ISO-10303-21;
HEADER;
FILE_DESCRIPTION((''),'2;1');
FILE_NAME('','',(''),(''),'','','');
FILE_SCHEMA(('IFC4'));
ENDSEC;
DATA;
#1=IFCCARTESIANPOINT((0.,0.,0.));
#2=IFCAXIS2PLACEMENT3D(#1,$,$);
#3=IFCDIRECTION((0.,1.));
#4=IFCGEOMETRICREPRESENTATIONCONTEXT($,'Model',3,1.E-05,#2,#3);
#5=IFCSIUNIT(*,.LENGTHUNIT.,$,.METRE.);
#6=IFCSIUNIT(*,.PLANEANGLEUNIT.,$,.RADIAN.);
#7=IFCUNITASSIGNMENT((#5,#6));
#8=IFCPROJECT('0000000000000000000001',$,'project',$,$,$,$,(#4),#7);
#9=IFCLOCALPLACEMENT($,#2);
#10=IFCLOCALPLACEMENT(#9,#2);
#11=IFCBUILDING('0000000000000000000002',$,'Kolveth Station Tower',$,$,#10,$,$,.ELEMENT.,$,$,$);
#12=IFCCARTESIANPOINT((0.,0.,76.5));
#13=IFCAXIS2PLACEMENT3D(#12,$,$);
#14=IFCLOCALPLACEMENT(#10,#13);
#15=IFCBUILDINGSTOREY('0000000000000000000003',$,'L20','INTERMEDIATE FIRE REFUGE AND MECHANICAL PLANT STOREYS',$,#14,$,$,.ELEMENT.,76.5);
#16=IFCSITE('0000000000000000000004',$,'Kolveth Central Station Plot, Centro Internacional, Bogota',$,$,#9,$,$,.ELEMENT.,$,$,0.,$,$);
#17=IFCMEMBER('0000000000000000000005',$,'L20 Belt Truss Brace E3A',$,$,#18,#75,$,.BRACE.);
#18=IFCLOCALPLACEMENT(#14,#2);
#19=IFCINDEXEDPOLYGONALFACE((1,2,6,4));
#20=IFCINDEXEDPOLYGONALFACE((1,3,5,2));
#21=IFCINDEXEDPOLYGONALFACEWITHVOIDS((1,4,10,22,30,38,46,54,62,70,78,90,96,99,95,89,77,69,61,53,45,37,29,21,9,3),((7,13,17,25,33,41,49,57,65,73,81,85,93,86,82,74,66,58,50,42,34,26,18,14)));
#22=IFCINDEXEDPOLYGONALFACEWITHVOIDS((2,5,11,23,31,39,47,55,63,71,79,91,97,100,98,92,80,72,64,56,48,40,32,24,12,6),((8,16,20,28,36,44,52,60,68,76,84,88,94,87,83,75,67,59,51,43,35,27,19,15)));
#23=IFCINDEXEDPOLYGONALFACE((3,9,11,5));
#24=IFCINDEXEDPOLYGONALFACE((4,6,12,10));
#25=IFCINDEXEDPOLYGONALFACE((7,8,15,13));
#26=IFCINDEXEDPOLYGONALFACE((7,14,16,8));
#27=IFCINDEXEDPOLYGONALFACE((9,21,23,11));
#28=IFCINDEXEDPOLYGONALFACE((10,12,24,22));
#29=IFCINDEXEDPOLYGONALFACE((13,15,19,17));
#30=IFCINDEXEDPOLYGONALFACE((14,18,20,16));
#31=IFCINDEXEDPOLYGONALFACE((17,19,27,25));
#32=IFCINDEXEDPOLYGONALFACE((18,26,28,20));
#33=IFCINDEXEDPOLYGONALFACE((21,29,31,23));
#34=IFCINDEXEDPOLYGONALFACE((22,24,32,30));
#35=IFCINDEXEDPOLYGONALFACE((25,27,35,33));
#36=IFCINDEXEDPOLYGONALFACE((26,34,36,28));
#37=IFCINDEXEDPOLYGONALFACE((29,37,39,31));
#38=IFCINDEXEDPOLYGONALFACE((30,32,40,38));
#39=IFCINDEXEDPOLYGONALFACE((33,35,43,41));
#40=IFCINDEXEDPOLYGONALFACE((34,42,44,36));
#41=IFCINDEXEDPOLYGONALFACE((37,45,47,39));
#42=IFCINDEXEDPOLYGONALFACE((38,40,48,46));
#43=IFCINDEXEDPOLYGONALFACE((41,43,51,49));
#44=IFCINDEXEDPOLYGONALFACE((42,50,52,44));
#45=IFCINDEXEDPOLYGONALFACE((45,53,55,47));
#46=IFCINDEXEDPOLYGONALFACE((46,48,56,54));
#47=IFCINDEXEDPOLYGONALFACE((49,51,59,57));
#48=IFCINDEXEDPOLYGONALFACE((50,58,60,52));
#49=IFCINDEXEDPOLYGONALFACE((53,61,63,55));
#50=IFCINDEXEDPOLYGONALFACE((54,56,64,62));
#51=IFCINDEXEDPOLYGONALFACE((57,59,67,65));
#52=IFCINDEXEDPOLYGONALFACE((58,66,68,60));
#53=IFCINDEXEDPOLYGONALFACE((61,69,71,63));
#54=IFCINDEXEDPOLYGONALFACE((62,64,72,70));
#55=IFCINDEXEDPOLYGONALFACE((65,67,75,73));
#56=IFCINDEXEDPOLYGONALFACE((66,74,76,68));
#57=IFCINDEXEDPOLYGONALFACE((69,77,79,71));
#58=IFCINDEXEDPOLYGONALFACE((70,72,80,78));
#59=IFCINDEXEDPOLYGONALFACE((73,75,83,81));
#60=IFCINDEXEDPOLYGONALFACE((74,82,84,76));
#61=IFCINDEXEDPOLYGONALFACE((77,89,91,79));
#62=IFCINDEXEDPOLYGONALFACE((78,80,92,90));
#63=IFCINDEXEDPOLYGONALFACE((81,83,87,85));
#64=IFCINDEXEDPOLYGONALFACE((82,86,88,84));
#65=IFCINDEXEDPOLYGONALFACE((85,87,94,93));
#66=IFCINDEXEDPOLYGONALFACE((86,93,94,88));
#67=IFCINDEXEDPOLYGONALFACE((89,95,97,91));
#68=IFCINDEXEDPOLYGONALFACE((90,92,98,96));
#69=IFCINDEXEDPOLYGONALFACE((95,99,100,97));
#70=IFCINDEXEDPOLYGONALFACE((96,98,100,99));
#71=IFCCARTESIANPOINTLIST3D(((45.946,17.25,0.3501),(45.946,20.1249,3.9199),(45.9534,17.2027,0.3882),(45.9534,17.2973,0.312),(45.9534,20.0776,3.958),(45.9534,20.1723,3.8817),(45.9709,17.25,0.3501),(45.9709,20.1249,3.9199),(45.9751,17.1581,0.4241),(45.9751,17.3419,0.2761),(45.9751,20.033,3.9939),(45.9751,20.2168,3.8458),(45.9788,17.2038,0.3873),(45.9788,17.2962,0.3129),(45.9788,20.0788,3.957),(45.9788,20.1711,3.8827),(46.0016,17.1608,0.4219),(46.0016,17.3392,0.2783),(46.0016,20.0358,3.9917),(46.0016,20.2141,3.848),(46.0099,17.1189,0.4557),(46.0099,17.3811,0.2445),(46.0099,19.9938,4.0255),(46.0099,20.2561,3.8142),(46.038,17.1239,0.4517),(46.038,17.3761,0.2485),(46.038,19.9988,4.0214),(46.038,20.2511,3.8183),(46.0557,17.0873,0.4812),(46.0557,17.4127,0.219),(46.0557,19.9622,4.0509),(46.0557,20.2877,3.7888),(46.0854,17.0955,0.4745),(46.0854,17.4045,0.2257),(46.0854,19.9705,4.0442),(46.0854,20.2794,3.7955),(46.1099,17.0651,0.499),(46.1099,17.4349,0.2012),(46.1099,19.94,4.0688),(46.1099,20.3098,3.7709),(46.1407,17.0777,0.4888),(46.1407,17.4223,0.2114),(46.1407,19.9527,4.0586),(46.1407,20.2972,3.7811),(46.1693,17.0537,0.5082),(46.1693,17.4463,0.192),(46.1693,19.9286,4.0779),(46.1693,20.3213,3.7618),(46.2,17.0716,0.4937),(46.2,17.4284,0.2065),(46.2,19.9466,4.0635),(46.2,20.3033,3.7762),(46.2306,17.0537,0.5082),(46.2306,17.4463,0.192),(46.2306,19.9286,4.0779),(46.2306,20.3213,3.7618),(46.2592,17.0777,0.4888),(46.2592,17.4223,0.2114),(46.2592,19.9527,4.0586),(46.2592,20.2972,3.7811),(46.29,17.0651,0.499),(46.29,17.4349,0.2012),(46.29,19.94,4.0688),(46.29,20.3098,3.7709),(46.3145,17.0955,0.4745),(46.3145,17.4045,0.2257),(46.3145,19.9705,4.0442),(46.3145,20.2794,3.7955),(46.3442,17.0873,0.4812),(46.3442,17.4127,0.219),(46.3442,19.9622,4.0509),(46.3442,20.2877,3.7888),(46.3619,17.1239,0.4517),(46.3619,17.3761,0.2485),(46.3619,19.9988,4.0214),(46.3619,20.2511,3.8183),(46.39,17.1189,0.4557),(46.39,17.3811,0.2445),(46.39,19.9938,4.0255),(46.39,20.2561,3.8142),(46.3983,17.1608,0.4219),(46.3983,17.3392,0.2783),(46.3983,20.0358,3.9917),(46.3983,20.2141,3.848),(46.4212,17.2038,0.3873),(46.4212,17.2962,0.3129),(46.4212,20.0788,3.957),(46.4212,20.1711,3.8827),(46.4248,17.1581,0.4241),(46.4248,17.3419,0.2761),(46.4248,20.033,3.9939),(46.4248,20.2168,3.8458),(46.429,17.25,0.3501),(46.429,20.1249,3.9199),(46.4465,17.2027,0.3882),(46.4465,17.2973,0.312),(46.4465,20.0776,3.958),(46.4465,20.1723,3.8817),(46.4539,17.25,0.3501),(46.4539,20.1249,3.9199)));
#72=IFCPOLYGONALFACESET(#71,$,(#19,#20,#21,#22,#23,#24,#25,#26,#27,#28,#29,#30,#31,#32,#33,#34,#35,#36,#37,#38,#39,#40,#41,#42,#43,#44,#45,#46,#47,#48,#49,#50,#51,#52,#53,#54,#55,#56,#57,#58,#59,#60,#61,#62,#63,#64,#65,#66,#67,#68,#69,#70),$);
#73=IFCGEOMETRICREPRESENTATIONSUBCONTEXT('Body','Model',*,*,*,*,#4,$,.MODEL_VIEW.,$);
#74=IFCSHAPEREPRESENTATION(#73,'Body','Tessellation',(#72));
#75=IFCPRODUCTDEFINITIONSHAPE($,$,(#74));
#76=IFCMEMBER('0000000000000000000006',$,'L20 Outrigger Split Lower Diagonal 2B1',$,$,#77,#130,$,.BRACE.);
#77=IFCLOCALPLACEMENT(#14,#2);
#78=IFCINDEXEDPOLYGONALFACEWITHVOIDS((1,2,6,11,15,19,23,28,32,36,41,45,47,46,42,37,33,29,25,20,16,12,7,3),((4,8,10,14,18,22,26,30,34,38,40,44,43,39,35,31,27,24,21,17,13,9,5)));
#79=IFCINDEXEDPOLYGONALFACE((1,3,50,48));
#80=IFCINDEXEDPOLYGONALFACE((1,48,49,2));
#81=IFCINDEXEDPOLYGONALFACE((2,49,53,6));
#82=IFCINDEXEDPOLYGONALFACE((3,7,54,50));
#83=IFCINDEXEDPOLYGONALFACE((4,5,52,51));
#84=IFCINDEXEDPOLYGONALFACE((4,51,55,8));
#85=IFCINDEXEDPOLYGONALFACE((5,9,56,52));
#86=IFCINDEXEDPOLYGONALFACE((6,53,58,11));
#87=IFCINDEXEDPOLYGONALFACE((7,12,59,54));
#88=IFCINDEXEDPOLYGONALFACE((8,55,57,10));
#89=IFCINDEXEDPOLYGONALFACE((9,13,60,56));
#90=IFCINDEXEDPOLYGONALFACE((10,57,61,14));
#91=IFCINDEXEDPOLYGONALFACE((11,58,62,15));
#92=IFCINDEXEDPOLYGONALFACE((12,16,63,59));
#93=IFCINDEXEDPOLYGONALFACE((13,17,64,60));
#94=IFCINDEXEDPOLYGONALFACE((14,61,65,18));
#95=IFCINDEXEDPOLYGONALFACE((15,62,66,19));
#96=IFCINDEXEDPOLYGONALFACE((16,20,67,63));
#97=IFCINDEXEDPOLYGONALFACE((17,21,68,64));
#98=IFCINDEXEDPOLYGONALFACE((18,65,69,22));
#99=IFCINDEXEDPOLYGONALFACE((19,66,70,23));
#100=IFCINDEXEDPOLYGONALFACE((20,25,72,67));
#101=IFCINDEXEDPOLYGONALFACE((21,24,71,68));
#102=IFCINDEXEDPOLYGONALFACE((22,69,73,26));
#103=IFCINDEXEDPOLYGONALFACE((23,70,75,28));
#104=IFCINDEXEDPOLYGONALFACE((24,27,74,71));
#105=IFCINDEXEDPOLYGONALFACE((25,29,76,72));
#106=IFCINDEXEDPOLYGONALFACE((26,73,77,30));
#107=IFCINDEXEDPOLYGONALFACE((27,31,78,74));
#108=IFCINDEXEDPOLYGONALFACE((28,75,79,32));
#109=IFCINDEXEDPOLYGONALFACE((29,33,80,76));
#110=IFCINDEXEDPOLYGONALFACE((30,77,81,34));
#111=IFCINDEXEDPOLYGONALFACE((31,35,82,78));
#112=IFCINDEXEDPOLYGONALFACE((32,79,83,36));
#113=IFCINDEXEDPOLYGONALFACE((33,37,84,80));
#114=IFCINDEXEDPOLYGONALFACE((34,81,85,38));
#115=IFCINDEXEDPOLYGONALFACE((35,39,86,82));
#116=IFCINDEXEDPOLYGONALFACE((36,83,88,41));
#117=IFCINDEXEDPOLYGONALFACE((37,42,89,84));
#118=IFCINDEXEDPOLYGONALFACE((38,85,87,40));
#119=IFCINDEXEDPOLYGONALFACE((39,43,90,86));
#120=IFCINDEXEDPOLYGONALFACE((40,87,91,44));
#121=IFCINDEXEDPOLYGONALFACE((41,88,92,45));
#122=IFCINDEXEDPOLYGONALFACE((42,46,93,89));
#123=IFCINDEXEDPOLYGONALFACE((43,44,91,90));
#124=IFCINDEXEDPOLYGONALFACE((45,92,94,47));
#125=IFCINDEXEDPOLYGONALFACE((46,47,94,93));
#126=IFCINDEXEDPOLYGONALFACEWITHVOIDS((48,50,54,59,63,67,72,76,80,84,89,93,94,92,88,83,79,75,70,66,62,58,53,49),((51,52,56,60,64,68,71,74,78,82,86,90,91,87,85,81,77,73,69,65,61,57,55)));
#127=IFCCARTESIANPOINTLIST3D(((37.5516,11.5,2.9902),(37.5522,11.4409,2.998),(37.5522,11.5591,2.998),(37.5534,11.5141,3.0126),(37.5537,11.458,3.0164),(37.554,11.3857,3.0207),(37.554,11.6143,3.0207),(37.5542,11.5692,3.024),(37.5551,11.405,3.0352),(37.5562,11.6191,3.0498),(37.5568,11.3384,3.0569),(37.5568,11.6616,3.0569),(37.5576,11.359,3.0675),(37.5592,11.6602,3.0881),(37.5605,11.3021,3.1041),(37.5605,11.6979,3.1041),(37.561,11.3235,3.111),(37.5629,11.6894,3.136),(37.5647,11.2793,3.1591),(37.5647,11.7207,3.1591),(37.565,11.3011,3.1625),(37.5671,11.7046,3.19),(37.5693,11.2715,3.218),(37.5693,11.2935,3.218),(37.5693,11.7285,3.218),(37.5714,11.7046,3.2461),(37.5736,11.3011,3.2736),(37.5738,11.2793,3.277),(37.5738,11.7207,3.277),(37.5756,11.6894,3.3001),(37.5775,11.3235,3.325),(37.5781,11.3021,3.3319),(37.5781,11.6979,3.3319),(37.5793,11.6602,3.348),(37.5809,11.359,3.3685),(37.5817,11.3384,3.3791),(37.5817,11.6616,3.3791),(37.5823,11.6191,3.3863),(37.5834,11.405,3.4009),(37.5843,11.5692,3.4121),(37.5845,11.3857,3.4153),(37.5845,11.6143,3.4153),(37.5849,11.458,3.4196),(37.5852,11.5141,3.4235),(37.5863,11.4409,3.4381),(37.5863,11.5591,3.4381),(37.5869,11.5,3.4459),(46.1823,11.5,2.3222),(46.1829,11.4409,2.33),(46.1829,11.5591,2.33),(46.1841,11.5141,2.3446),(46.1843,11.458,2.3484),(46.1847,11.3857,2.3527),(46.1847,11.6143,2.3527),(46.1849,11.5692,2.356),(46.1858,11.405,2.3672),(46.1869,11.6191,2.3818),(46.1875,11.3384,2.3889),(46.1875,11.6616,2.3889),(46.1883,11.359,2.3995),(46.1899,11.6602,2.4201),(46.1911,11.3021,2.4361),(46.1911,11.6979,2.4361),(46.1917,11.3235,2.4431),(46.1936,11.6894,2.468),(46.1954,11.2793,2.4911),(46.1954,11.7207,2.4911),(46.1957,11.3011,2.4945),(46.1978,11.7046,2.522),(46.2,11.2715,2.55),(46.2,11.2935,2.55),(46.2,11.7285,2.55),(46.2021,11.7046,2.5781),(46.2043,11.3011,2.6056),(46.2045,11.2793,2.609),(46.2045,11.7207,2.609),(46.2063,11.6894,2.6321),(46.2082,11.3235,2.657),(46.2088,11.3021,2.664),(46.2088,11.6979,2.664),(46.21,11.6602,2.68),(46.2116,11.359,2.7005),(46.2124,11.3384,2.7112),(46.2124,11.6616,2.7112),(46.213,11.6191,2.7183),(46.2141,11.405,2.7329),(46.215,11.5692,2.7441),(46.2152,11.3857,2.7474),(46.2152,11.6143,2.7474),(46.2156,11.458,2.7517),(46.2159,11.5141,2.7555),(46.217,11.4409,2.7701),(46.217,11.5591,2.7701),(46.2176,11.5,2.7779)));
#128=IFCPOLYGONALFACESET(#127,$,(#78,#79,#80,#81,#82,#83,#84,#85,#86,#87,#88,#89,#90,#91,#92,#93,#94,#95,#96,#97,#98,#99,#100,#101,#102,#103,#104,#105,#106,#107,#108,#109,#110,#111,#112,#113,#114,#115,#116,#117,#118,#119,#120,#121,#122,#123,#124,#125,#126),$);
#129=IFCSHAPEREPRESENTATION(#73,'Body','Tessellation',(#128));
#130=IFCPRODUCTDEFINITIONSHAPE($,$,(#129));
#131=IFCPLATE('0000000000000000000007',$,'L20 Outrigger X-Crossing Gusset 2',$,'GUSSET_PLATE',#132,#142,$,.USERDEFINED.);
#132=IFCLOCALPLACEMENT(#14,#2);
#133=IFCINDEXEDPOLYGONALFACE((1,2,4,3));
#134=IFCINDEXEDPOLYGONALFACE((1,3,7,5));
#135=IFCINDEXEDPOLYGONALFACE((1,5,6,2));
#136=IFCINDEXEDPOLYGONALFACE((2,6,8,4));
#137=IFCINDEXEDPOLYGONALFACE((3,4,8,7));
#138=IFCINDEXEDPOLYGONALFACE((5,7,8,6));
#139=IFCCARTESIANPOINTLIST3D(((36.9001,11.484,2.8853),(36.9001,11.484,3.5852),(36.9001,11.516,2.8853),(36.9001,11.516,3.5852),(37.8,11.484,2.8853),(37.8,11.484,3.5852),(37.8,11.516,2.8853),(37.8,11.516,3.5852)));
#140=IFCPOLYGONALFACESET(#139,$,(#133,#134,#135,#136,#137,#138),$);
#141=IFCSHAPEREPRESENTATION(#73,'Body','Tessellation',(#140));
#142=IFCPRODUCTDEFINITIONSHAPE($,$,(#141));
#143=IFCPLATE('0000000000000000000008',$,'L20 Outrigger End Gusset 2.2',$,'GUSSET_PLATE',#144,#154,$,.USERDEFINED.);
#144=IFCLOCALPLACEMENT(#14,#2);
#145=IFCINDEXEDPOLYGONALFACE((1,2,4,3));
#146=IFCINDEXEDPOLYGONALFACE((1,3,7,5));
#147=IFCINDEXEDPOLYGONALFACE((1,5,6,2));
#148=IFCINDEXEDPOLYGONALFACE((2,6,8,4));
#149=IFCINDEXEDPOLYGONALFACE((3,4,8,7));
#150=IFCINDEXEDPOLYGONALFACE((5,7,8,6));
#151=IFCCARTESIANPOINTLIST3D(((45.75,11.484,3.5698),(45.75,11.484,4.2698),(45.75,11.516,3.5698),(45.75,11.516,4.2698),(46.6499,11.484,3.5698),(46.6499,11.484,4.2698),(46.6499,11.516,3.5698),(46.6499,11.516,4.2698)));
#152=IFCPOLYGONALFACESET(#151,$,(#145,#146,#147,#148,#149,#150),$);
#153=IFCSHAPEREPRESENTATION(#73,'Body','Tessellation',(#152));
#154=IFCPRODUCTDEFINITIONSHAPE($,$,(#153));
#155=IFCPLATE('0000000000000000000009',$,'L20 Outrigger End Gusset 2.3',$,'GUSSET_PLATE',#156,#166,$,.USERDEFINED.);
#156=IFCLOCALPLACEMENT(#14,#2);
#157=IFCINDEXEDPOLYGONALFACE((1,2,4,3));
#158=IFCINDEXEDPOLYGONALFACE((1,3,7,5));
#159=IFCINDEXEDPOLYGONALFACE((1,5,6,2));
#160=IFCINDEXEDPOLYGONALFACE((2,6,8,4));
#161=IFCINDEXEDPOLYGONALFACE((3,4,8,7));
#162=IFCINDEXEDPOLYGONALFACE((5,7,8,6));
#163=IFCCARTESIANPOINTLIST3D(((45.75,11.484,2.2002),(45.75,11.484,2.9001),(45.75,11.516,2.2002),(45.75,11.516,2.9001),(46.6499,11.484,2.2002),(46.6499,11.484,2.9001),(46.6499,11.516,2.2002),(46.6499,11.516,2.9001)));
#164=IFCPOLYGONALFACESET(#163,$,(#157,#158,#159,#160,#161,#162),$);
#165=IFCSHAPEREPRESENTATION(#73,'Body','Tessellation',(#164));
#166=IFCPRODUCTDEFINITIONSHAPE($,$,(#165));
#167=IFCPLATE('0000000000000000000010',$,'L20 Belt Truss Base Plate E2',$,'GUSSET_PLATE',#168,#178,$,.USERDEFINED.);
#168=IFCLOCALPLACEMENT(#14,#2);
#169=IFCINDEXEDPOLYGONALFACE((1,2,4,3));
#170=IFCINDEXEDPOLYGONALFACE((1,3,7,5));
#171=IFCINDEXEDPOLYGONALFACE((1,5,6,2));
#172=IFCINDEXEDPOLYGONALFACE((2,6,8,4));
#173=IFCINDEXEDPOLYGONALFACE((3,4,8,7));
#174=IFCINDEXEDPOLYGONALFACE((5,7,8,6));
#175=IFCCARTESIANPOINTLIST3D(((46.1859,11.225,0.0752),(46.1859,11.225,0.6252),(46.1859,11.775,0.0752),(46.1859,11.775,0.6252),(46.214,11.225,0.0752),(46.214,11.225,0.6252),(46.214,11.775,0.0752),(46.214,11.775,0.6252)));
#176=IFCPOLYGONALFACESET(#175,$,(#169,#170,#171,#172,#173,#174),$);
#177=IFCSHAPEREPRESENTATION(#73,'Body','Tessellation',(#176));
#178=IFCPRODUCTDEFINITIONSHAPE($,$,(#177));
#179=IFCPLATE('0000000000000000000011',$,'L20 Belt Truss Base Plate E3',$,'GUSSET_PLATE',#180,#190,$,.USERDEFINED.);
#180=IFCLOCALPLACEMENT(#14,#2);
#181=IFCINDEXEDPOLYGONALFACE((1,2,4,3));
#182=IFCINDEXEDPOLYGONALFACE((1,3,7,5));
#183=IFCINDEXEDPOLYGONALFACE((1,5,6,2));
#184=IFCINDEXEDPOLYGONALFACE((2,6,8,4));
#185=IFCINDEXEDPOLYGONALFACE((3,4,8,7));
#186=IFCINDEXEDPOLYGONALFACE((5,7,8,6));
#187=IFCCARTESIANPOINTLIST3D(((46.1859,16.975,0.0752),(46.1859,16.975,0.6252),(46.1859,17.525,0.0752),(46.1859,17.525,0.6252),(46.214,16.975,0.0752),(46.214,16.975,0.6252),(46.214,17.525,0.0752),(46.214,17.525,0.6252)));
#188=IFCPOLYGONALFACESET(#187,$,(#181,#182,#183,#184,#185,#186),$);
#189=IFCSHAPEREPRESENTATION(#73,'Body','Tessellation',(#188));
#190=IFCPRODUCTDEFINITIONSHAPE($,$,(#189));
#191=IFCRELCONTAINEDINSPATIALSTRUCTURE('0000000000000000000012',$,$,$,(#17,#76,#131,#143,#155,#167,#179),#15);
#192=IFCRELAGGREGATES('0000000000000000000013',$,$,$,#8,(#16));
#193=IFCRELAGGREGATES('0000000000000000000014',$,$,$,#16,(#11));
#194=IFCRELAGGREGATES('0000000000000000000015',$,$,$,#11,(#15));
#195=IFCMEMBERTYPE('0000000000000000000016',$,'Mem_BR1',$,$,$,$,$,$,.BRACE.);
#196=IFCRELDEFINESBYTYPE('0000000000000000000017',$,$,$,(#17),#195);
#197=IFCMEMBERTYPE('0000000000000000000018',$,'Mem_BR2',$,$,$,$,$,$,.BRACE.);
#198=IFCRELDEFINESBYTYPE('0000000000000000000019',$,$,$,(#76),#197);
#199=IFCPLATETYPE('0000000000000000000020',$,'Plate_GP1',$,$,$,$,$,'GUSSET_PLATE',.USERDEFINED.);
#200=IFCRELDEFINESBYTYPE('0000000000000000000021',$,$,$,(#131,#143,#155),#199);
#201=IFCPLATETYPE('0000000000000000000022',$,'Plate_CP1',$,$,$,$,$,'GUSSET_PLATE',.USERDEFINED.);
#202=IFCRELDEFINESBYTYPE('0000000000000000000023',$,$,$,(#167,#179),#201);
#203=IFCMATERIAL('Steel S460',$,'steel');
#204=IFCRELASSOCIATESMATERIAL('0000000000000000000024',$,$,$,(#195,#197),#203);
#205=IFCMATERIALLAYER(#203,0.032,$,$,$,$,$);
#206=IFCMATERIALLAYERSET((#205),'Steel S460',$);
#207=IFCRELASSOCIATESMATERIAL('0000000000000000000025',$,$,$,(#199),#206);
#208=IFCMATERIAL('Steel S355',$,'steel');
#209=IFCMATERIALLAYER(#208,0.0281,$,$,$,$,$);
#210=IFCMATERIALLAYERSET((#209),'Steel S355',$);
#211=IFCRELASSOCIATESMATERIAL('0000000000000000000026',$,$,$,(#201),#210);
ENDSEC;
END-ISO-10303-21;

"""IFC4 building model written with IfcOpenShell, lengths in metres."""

from ifc_helpers import new_model, si_unit, direction, frame, origin, origin_2d, place, context, subcontext, project, spatial, rectangle, hollow_circle, extrude, source, transform, mapped, material, layer, layer_set, material_profile, profile_set, type_object, element, save


model = new_model("IFC4")

# Units and contexts
model_context = context("Model", 3, precision=1e-05, world=origin(), true_north=direction((0.0, 1.0)))
body_context = subcontext(model_context, "Body", "Model", "MODEL_VIEW")
ifc_project = project(units=[si_unit("LENGTHUNIT", "METRE"), si_unit("PLANEANGLEUNIT", "RADIAN")], contexts=[model_context])

# Site, building, storey
site_placement = place(None, origin())
site = spatial("IfcSite", under=ifc_project, at=site_placement, Name="Kolveth Central Station Plot, Centro Internacional, Bogota", CompositionType="ELEMENT", RefElevation=0.0)
building_placement = place(site_placement, origin())
building = spatial("IfcBuilding", under=site, at=building_placement, Name="Kolveth Station Tower", CompositionType="ELEMENT")
storey_placement = place(building_placement, frame((0.0, 0.0, 76.5)))
storey = spatial("IfcBuildingStorey", under=building, at=storey_placement, Name="L20", Description="INTERMEDIATE FIRE REFUGE AND MECHANICAL PLANT STOREYS", CompositionType="ELEMENT", Elevation=76.5)

# Shared definitions
ifc_material_1 = material(Name="Steel S460", Category="steel")
ifc_material_2 = material(Name="Steel S355", Category="steel")

# Members
ifc_material_profile_1 = material_profile(ifc_material_1, hollow_circle(Radius=0.2539, WallThickness=0.0249, at=origin_2d()), Name="CHS508x25")
ifc_profile_set_1 = profile_set([ifc_material_profile_1], Name="Steel S460")
member_type_1 = type_object("IfcMemberType", Name="Mem_BR1", PredefinedType="BRACE", material=ifc_profile_set_1)
shared_shape_1 = source(origin(), body_context, "Body", "SweptSolid", [
    extrude(hollow_circle(Radius=0.2539, WallThickness=0.0249, at=origin_2d()), origin(), (0.0, 0.0, 1.0), 4.5835),
])
for number, where, z_axis, x_axis, name in (
    (1, (46.2, 17.25, 0.3501), (0.0, 0.627238, 0.778828), (-1.0, 0.0, 0.0), "L20 Belt Truss Brace E3A"),
):
    element("IfcMember", number, at=place(storey_placement, frame(where, z_axis=z_axis, x_axis=x_axis)), inside=storey, type_object=member_type_1, Name=name, PredefinedType="BRACE", context=body_context, shape_type="MappedRepresentation", body=[
        mapped(shared_shape_1, transform((0.0, 0.0, 0.0), x_axis=(1.0, 0.0, 0.0), y_axis=(0.0, 1.0, 0.0), z_axis=(0.0, 0.0, 1.0), scale=1.0)),
    ])
ifc_material_profile_2 = material_profile(ifc_material_1, hollow_circle(Radius=0.2285, WallThickness=0.022, at=origin_2d()), Name="CHS457x22")
ifc_profile_set_2 = profile_set([ifc_material_profile_2], Name="Steel S460")
member_type_2 = type_object("IfcMemberType", Name="Mem_BR2", PredefinedType="BRACE", material=ifc_profile_set_2)
shared_shape_2 = source(origin(), body_context, "Body", "SweptSolid", [
    extrude(hollow_circle(Radius=0.2285, WallThickness=0.022, at=origin_2d()), origin(), (0.0, 0.0, 1.0), 8.6565),
])
member_1_placement = place(storey_placement, frame((46.2, 11.5, 2.55), z_axis=(-0.997018, 0.0, 0.077165), x_axis=(0.0, -1.0, 0.0)))
element("IfcMember", 2, at=member_1_placement, inside=storey, type_object=member_type_2, Name="L20 Outrigger Split Lower Diagonal 2B1", PredefinedType="BRACE", context=body_context, shape_type="MappedRepresentation", body=[
    mapped(shared_shape_2, transform((0.0, 0.0, 0.0), x_axis=(1.0, 0.0, 0.0), y_axis=(0.0, 1.0, 0.0), z_axis=(0.0, 0.0, 1.0), scale=1.0)),
])

# Plates
ifc_layer_1 = layer(ifc_material_1, 0.032)
ifc_layer_set_1 = layer_set([ifc_layer_1], Name="Steel S460")
plate_type_1 = type_object("IfcPlateType", Name="Plate_GP1", ElementType="GUSSET_PLATE", PredefinedType="USERDEFINED", material=ifc_layer_set_1)
shared_shape_3 = source(origin(), body_context, "Body", "SweptSolid", [
    extrude(rectangle(XDim=0.8999, YDim=0.032, at=origin_2d()), origin(), (0.0, 0.0, 1.0), 0.7),
])
for number, where, z_axis, x_axis, name in (
    (3, (37.3501, 11.5, 2.8853), (0.0, 0.0, 1.0), (1.0, 0.0, 0.0), "L20 Outrigger X-Crossing Gusset 2"),
    (4, (46.2, 11.5, 3.5698), (0.0, 0.0, 1.0), (1.0, 0.0, 0.0), "L20 Outrigger End Gusset 2.2"),
    (5, (46.2, 11.5, 2.2002), (0.0, 0.0, 1.0), (1.0, 0.0, 0.0), "L20 Outrigger End Gusset 2.3"),
):
    element("IfcPlate", number, at=place(storey_placement, frame(where, z_axis=z_axis, x_axis=x_axis)), inside=storey, type_object=plate_type_1, Name=name, ObjectType="GUSSET_PLATE", PredefinedType="USERDEFINED", context=body_context, shape_type="MappedRepresentation", body=[
        mapped(shared_shape_3, transform((0.0, 0.0, 0.0), x_axis=(1.0, 0.0, 0.0), y_axis=(0.0, 1.0, 0.0), z_axis=(0.0, 0.0, 1.0), scale=1.0)),
    ])
ifc_layer_2 = layer(ifc_material_2, 0.0281)
ifc_layer_set_2 = layer_set([ifc_layer_2], Name="Steel S355")
plate_type_2 = type_object("IfcPlateType", Name="Plate_CP1", ElementType="GUSSET_PLATE", PredefinedType="USERDEFINED", material=ifc_layer_set_2)
shared_shape_4 = source(origin(), body_context, "Body", "SweptSolid", [
    extrude(rectangle(XDim=0.0281, YDim=0.55, at=origin_2d()), origin(), (0.0, 0.0, 1.0), 0.55),
])
for number, where, z_axis, x_axis, name in (
    (6, (46.2, 11.5, 0.0752), (0.0, 0.0, 1.0), (1.0, 0.0, 0.0), "L20 Belt Truss Base Plate E2"),
    (7, (46.2, 17.25, 0.0752), (0.0, 0.0, 1.0), (1.0, 0.0, 0.0), "L20 Belt Truss Base Plate E3"),
):
    element("IfcPlate", number, at=place(storey_placement, frame(where, z_axis=z_axis, x_axis=x_axis)), inside=storey, type_object=plate_type_2, Name=name, ObjectType="GUSSET_PLATE", PredefinedType="USERDEFINED", context=body_context, shape_type="MappedRepresentation", body=[
        mapped(shared_shape_4, transform((0.0, 0.0, 0.0), x_axis=(1.0, 0.0, 0.0), y_axis=(0.0, 1.0, 0.0), z_axis=(0.0, 0.0, 1.0), scale=1.0)),
    ])

save(model, "model.ifc")
